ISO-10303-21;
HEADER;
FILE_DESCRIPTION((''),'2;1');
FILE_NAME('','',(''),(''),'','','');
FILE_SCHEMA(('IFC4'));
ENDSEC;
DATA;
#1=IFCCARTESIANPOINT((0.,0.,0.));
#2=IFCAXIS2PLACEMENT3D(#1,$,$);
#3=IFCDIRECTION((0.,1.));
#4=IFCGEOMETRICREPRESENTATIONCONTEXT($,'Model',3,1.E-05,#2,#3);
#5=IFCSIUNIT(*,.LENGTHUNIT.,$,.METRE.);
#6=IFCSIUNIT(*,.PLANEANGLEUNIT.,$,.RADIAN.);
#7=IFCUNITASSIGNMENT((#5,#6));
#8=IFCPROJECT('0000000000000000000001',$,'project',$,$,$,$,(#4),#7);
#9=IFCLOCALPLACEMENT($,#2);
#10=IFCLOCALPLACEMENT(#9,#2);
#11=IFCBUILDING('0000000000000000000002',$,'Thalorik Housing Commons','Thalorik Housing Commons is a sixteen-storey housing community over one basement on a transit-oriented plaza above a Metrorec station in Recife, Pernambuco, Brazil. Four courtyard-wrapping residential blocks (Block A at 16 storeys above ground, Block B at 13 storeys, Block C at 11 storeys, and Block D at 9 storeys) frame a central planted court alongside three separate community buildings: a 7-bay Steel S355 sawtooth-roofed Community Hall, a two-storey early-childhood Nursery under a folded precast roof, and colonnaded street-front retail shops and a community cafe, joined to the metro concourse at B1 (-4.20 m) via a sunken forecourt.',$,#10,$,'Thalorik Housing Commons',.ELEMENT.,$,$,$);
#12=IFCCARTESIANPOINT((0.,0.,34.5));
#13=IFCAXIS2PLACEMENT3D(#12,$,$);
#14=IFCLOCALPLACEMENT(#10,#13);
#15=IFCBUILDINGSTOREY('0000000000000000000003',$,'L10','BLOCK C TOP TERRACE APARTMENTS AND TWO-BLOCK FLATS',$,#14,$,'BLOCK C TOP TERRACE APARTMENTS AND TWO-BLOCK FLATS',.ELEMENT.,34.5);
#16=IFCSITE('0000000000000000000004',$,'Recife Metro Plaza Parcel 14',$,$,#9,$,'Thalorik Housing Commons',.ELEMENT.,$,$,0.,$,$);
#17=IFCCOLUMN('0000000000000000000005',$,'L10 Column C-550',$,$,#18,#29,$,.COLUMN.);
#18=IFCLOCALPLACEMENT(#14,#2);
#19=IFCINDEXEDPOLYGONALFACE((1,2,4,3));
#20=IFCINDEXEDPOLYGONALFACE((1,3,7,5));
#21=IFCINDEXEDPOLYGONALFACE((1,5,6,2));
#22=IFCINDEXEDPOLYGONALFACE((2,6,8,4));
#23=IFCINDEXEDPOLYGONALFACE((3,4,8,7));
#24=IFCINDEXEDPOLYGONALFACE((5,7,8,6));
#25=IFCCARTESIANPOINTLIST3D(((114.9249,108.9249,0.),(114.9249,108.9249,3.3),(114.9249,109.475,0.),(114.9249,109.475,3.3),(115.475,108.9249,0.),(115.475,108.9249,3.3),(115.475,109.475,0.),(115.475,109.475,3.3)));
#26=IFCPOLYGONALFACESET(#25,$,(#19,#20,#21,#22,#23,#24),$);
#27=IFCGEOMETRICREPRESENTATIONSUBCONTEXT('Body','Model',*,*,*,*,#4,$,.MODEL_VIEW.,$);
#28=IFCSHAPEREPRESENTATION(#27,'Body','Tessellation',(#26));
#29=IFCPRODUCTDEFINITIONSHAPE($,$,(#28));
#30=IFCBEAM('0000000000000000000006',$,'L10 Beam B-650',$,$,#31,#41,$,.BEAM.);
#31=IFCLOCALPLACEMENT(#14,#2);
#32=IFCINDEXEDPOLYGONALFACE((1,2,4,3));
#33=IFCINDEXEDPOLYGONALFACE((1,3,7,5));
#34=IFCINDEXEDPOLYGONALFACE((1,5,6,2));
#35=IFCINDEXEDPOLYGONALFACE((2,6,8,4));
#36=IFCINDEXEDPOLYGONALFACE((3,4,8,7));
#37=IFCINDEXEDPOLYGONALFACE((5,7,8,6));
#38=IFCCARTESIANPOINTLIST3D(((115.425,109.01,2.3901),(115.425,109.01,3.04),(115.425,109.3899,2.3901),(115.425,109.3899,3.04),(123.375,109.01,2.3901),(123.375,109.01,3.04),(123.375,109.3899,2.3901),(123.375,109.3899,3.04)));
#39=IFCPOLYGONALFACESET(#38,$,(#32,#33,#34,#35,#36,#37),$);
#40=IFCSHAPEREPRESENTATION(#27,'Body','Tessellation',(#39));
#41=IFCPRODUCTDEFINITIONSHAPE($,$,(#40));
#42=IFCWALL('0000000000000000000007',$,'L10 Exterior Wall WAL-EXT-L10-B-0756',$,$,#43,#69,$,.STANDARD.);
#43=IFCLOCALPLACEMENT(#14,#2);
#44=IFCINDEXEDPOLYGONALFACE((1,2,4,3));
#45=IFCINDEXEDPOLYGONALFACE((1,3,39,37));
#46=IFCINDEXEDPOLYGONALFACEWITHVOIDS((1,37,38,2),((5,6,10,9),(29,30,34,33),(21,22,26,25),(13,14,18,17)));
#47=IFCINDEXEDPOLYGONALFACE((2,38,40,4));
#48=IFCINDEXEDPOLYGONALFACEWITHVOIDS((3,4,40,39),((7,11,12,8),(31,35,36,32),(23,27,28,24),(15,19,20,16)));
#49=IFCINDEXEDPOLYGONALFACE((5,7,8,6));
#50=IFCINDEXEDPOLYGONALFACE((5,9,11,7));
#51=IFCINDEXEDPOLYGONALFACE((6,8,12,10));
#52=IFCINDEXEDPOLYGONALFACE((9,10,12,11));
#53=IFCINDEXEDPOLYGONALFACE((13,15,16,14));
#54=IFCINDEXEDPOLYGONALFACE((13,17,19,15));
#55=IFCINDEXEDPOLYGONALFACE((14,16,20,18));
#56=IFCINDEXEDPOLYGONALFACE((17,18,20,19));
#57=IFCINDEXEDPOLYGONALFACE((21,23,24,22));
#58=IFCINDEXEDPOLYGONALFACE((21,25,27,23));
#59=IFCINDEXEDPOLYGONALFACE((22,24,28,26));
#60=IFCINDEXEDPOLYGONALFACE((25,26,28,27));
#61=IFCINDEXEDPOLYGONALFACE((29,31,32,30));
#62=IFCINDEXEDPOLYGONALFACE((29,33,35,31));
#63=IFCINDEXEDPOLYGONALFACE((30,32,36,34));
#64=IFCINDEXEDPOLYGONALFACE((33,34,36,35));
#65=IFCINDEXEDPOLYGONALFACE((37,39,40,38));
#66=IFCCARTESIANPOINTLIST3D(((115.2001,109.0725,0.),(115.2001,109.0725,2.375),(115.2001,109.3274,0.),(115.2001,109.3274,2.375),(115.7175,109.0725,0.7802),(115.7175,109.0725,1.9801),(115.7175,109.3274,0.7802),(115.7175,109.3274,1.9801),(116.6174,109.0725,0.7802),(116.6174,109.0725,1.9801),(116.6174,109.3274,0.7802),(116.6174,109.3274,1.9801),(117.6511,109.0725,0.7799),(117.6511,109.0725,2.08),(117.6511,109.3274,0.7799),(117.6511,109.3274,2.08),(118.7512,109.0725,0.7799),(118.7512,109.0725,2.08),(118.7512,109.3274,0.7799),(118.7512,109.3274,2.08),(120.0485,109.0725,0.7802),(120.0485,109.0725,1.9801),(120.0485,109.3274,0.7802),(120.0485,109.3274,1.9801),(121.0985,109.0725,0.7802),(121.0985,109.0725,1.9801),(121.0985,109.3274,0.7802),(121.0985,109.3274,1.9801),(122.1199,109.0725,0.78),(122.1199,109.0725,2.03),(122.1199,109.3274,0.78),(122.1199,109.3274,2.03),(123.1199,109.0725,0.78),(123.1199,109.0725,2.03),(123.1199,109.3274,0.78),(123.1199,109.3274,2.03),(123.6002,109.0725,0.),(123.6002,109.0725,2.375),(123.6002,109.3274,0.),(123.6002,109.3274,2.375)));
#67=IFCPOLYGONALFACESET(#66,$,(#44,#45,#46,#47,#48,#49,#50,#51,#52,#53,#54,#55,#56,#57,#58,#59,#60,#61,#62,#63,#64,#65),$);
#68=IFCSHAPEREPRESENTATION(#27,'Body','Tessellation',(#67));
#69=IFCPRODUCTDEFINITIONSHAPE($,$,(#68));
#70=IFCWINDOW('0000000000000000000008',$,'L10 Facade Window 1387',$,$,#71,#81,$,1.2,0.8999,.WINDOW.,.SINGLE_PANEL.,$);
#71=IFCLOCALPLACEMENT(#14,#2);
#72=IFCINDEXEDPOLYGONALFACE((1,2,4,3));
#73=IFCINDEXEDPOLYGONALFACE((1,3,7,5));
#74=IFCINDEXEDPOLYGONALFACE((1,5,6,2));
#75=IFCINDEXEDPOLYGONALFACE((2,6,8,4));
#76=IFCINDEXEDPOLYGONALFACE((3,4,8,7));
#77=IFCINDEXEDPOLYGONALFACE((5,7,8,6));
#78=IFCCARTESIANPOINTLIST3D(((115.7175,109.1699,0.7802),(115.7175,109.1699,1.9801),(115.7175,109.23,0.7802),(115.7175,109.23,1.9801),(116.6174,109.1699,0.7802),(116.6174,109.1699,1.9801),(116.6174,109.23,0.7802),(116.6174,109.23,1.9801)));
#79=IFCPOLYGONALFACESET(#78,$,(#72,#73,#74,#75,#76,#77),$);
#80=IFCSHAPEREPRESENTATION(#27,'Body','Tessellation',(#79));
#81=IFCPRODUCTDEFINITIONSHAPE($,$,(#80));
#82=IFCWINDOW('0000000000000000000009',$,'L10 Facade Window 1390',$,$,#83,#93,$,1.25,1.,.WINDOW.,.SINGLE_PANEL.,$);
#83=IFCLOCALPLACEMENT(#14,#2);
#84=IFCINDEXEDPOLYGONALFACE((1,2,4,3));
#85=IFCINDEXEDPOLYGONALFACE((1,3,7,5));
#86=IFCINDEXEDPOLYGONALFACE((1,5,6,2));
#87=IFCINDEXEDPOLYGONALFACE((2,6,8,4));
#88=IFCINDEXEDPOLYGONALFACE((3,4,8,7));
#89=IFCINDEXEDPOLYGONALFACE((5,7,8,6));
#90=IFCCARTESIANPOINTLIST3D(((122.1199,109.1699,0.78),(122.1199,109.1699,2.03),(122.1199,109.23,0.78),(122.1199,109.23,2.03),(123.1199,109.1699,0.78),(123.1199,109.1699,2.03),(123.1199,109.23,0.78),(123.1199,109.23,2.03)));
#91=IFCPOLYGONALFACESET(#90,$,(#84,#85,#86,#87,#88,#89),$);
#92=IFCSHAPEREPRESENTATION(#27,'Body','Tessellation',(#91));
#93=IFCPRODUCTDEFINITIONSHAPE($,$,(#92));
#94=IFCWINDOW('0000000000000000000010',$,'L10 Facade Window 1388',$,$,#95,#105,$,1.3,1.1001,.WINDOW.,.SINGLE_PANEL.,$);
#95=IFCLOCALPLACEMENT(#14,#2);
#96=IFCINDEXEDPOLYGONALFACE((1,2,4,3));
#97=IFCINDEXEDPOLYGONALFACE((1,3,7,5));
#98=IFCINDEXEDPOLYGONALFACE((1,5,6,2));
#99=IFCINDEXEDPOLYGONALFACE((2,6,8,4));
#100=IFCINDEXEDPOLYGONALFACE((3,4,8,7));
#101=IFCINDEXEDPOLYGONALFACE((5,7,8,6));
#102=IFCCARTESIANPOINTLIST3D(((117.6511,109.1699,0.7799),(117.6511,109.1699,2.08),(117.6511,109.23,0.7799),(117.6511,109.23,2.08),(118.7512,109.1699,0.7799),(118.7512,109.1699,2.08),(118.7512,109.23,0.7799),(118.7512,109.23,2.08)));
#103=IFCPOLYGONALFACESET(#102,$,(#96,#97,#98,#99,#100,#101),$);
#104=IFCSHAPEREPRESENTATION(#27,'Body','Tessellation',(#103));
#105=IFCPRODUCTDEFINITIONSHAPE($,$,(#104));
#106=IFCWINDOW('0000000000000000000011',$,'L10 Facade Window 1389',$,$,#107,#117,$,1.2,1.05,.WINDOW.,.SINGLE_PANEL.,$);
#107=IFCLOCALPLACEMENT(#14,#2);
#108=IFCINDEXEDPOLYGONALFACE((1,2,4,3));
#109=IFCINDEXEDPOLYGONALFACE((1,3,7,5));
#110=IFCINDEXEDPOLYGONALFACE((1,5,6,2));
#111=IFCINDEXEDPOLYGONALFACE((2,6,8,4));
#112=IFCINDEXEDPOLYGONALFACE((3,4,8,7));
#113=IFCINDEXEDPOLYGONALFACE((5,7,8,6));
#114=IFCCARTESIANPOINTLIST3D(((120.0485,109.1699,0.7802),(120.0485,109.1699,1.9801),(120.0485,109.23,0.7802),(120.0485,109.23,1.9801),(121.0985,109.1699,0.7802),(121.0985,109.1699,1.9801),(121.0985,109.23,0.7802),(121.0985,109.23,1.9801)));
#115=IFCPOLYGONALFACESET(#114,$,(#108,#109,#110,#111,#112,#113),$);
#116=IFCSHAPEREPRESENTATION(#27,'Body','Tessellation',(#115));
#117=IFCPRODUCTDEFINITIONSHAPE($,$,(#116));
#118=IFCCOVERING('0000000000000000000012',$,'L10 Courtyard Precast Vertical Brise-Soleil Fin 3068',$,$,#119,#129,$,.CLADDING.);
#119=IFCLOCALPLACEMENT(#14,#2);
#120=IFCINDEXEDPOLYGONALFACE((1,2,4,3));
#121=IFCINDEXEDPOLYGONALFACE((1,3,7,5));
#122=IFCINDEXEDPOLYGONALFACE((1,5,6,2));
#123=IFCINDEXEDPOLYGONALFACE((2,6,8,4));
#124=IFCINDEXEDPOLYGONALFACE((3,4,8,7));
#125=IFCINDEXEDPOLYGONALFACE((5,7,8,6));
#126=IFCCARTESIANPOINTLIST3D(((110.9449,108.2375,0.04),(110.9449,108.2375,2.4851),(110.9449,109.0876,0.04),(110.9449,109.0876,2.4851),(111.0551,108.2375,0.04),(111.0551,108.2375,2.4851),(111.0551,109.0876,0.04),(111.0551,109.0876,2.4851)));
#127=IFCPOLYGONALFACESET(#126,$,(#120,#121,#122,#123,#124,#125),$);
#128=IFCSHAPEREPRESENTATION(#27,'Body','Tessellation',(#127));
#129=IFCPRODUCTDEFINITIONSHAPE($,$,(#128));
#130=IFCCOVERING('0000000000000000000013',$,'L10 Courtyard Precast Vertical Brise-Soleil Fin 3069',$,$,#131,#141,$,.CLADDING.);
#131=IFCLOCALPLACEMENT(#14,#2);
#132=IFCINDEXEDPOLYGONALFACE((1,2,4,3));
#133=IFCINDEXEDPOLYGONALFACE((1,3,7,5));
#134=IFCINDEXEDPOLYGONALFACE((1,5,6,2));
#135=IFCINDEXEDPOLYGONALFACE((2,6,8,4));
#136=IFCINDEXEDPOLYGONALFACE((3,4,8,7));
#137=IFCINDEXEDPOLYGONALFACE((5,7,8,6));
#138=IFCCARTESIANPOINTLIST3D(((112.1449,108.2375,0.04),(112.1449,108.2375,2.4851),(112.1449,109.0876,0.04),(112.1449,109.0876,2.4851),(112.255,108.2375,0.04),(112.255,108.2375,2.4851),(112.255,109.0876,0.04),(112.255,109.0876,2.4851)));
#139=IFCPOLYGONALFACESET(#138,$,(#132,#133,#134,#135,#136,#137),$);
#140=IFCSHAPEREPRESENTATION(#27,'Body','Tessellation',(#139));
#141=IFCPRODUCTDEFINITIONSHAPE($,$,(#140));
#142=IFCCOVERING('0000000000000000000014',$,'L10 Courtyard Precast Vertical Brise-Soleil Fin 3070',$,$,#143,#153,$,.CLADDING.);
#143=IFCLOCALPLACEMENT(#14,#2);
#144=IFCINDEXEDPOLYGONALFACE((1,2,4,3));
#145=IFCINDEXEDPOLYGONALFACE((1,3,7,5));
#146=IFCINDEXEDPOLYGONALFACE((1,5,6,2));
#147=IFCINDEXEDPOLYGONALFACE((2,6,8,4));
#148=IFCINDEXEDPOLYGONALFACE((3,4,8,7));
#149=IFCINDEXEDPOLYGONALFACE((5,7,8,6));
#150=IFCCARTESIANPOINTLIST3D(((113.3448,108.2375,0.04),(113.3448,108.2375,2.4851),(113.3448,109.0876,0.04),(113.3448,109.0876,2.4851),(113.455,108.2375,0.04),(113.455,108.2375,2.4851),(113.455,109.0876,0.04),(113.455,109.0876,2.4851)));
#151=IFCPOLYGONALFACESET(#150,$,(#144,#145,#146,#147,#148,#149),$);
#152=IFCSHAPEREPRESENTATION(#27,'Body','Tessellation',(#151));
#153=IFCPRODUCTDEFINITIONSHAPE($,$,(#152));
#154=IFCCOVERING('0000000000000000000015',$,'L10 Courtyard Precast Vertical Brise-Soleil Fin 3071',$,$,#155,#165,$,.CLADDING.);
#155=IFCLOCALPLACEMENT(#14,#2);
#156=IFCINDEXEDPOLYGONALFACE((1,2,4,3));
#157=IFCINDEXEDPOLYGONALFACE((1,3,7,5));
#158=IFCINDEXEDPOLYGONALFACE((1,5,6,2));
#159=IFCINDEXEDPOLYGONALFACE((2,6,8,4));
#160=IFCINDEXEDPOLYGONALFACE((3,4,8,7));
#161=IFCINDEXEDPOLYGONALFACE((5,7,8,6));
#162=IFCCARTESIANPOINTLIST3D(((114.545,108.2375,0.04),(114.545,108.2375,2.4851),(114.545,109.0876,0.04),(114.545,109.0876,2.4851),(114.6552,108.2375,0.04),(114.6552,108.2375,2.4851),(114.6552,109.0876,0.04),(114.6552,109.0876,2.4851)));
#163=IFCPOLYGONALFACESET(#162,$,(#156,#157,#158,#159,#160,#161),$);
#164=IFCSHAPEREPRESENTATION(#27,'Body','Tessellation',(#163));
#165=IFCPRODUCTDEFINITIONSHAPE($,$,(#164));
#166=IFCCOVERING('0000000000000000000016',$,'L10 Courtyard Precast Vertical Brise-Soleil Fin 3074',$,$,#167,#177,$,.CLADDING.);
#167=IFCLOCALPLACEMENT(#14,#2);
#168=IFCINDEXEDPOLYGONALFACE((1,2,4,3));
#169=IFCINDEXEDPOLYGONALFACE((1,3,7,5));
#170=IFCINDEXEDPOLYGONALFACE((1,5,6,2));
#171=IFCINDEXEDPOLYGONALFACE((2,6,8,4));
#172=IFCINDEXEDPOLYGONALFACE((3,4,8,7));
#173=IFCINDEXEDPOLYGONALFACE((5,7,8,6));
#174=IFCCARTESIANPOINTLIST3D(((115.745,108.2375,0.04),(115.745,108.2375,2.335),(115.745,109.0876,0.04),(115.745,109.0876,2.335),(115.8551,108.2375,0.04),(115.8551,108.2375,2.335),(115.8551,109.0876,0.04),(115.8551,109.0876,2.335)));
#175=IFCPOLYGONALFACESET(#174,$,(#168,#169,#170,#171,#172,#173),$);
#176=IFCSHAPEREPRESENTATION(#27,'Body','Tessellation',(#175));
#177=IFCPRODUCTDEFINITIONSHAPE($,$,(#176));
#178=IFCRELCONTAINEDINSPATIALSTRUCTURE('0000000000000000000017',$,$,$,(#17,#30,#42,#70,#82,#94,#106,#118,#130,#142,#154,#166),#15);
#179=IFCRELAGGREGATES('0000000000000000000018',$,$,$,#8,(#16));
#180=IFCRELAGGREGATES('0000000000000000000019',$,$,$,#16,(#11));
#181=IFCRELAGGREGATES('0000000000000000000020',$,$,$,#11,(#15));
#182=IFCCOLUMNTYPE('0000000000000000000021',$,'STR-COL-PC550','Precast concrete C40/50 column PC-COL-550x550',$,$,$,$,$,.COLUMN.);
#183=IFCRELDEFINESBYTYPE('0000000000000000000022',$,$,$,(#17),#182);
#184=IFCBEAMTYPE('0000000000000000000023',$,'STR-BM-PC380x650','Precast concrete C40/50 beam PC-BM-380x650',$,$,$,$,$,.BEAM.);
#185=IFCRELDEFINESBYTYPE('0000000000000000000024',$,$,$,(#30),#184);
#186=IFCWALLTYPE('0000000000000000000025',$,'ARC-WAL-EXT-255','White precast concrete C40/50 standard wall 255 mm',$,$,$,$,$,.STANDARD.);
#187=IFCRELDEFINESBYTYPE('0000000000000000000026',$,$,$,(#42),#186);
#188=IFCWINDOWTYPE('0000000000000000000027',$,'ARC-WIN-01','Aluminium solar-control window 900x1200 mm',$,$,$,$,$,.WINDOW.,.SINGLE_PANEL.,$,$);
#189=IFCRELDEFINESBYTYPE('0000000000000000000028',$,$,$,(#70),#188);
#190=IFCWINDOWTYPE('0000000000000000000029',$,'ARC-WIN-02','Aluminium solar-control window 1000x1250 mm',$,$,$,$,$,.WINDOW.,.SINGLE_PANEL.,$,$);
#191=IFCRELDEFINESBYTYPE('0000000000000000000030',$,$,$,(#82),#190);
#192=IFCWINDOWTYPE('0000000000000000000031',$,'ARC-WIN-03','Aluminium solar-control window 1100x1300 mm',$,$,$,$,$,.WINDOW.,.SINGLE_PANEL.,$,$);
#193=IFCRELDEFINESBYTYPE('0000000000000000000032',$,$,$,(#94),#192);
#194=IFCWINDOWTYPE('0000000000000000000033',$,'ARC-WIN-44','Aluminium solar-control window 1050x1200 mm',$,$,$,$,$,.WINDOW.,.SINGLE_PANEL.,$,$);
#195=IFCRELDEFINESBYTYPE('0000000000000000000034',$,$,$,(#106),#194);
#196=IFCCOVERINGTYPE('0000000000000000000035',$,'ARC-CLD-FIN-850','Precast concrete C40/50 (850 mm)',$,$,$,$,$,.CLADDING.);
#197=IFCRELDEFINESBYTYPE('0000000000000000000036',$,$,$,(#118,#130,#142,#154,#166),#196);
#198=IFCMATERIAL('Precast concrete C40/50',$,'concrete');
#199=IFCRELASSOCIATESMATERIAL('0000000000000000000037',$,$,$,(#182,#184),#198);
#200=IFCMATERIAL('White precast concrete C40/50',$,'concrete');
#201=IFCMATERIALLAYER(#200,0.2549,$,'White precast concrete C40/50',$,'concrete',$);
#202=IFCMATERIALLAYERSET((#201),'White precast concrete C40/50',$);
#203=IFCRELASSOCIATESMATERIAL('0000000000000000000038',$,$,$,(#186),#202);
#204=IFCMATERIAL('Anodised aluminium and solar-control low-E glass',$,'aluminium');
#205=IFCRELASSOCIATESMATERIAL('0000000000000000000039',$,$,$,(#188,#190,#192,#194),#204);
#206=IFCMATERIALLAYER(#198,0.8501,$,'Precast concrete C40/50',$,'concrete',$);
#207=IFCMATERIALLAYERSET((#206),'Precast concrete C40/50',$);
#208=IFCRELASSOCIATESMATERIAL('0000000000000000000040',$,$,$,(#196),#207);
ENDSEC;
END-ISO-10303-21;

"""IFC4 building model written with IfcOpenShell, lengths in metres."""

from ifc_helpers import new_model, si_unit, direction, frame, frame_2d, origin, origin_2d, place, context, subcontext, project, spatial, rectangle, extrude, material, layer, layer_set, material_profile, profile_set, type_object, element, fill, save


model = new_model("IFC4")

# Units and contexts
model_context = context("Model", 3, precision=1e-05, world=origin(), true_north=direction((0.0, 1.0)))
body_context = subcontext(model_context, "Body", "Model", "MODEL_VIEW")
ifc_project = project(units=[si_unit("LENGTHUNIT", "METRE"), si_unit("PLANEANGLEUNIT", "RADIAN")], contexts=[model_context])

# Site, building, storey
site_placement = place(None, origin())
site = spatial("IfcSite", under=ifc_project, at=site_placement, Name="Recife Metro Plaza Parcel 14", LongName="Thalorik Housing Commons", CompositionType="ELEMENT", RefElevation=0.0)
building_placement = place(site_placement, origin())
building = spatial("IfcBuilding", under=site, at=building_placement, Name="Thalorik Housing Commons", Description="Thalorik Housing Commons is a sixteen-storey housing community over one basement on a transit-oriented plaza above a Metrorec station in Recife, Pernambuco, Brazil. Four courtyard-wrapping residential blocks (Block A at 16 storeys above ground, Block B at 13 storeys, Block C at 11 storeys, and Block D at 9 storeys) frame a central planted court alongside three separate community buildings: a 7-bay Steel S355 sawtooth-roofed Community Hall, a two-storey early-childhood Nursery under a folded precast roof, and colonnaded street-front retail shops and a community cafe, joined to the metro concourse at B1 (-4.20 m) via a sunken forecourt.", LongName="Thalorik Housing Commons", CompositionType="ELEMENT")
storey_placement = place(building_placement, frame((0.0, 0.0, 34.5)))
storey = spatial("IfcBuildingStorey", under=building, at=storey_placement, Name="L10", Description="BLOCK C TOP TERRACE APARTMENTS AND TWO-BLOCK FLATS", LongName="BLOCK C TOP TERRACE APARTMENTS AND TWO-BLOCK FLATS", CompositionType="ELEMENT", Elevation=34.5)

# Column
ifc_material_1 = material(Name="Precast concrete C40/50", Category="concrete")
ifc_material_profile_1 = material_profile(ifc_material_1, rectangle(XDim=0.55, YDim=0.55, at=origin_2d()), Name="PC 550x550", Category="concrete")
ifc_profile_set_1 = profile_set([ifc_material_profile_1], Name="Precast concrete C40/50")
column_type = type_object("IfcColumnType", Name="STR-COL-PC550", Description="Precast concrete C40/50 column PC-COL-550x550", PredefinedType="COLUMN", material=ifc_profile_set_1)
column_placement = place(storey_placement, frame((115.2, 109.2, 0.0), z_axis=(0.0, 0.0, 1.0), x_axis=(1.0, 0.0, 0.0)))
element("IfcColumn", 1, at=column_placement, inside=storey, type_object=column_type, Name="L10 Column C-550", PredefinedType="COLUMN", context=body_context, shape_type="SweptSolid", body=[
    extrude(rectangle(XDim=0.55, YDim=0.55, at=origin_2d()), origin(), (0.0, 0.0, 1.0), 3.3),
])

# Beam
ifc_material_profile_2 = material_profile(ifc_material_1, rectangle(XDim=0.3799, YDim=0.6499, at=origin_2d()), Name="PC 380x650", Category="concrete")
ifc_profile_set_2 = profile_set([ifc_material_profile_2], Name="Precast concrete C40/50")
beam_type = type_object("IfcBeamType", Name="STR-BM-PC380x650", Description="Precast concrete C40/50 beam PC-BM-380x650", PredefinedType="BEAM", material=ifc_profile_set_2)
beam_placement = place(storey_placement, frame((115.425, 109.2, 2.7151), z_axis=(1.0, 0.0, 0.0), x_axis=(0.0, 1.0, 0.0)))
element("IfcBeam", 2, at=beam_placement, inside=storey, type_object=beam_type, Name="L10 Beam B-650", PredefinedType="BEAM", context=body_context, shape_type="SweptSolid", body=[
    extrude(rectangle(XDim=0.3799, YDim=0.6499, at=origin_2d()), origin(), (0.0, 0.0, 1.0), 7.95),
])

# Wall, openings, windows
ifc_material_2 = material(Name="White precast concrete C40/50", Category="concrete")
ifc_layer_1 = layer(ifc_material_2, 0.2549, Name="White precast concrete C40/50", Category="concrete")
ifc_layer_set_1 = layer_set([ifc_layer_1], Name="White precast concrete C40/50")
wall_type = type_object("IfcWallType", Name="ARC-WAL-EXT-255", Description="White precast concrete C40/50 standard wall 255 mm", PredefinedType="STANDARD", material=ifc_layer_set_1)
wall_placement = place(storey_placement, frame((115.2, 109.2, 0.0), z_axis=(0.0, 0.0, 1.0), x_axis=(1.0, 0.0, 0.0)))
wall = element("IfcWall", 3, at=wall_placement, inside=storey, type_object=wall_type, Name="L10 Exterior Wall WAL-EXT-L10-B-0756", PredefinedType="STANDARD", context=body_context, shape_type="SweptSolid", body=[
    extrude(rectangle(XDim=8.4001, YDim=0.2549, at=frame_2d((4.2002, 0.0))), origin(), (0.0, 0.0, 1.0), 2.375),
])
opening_1_placement = place(wall_placement, frame((0.5176, 0.0, 0.78)))
opening_1 = element("IfcOpeningElement", 4, at=opening_1_placement, cuts=wall, PredefinedType="OPENING", context=body_context, shape_type="SweptSolid", body=[
    extrude(rectangle(XDim=0.8999, YDim=1.2, at=frame_2d((0.45, 0.6001))), frame((0.0, 0.1375, 0.0), z_axis=(0.0, -1.0, 0.0), x_axis=(1.0, 0.0, 0.0)), (0.0, 0.0, 1.0), 0.2749),
])
opening_2_placement = place(wall_placement, frame((2.4512, 0.0, 0.78)))
opening_2 = element("IfcOpeningElement", 5, at=opening_2_placement, cuts=wall, PredefinedType="OPENING", context=body_context, shape_type="SweptSolid", body=[
    extrude(rectangle(XDim=1.1001, YDim=1.3, at=frame_2d((0.55, 0.6499))), frame((0.0, 0.1375, 0.0), z_axis=(0.0, -1.0, 0.0), x_axis=(1.0, 0.0, 0.0)), (0.0, 0.0, 1.0), 0.2749),
])
opening_3_placement = place(wall_placement, frame((4.8486, 0.0, 0.78)))
opening_3 = element("IfcOpeningElement", 6, at=opening_3_placement, cuts=wall, PredefinedType="OPENING", context=body_context, shape_type="SweptSolid", body=[
    extrude(rectangle(XDim=1.05, YDim=1.2, at=frame_2d((0.5249, 0.6001))), frame((0.0, 0.1375, 0.0), z_axis=(0.0, -1.0, 0.0), x_axis=(1.0, 0.0, 0.0)), (0.0, 0.0, 1.0), 0.2749),
])
opening_4_placement = place(wall_placement, frame((6.9199, 0.0, 0.78)))
opening_4 = element("IfcOpeningElement", 7, at=opening_4_placement, cuts=wall, PredefinedType="OPENING", context=body_context, shape_type="SweptSolid", body=[
    extrude(rectangle(XDim=1.0, YDim=1.25, at=frame_2d((0.5, 0.625))), frame((0.0, 0.1375, 0.0), z_axis=(0.0, -1.0, 0.0), x_axis=(1.0, 0.0, 0.0)), (0.0, 0.0, 1.0), 0.2749),
])
ifc_material_3 = material(Name="Anodised aluminium and solar-control low-E glass", Category="aluminium")
window_type_1 = type_object("IfcWindowType", Name="ARC-WIN-01", Description="Aluminium solar-control window 900x1200 mm", PartitioningType="SINGLE_PANEL", PredefinedType="WINDOW", material=ifc_material_3)
window_1_placement = place(opening_1_placement, origin())
window_1 = element("IfcWindow", 8, at=window_1_placement, inside=storey, type_object=window_type_1, Name="L10 Facade Window 1387", OverallHeight=1.2, OverallWidth=0.8999, PartitioningType="SINGLE_PANEL", PredefinedType="WINDOW", context=body_context, shape_type="SweptSolid", body=[
    extrude(rectangle(XDim=0.8999, YDim=1.2, at=frame_2d((0.45, 0.6001))), frame((0.0, 0.03, 0.0), z_axis=(0.0, -1.0, 0.0), x_axis=(1.0, 0.0, 0.0)), (0.0, 0.0, 1.0), 0.0601),
])
fill(opening_1, window_1)
window_type_2 = type_object("IfcWindowType", Name="ARC-WIN-02", Description="Aluminium solar-control window 1000x1250 mm", PartitioningType="SINGLE_PANEL", PredefinedType="WINDOW", material=ifc_material_3)
window_2_placement = place(opening_4_placement, origin())
window_2 = element("IfcWindow", 9, at=window_2_placement, inside=storey, type_object=window_type_2, Name="L10 Facade Window 1390", OverallHeight=1.25, OverallWidth=1.0, PartitioningType="SINGLE_PANEL", PredefinedType="WINDOW", context=body_context, shape_type="SweptSolid", body=[
    extrude(rectangle(XDim=1.0, YDim=1.25, at=frame_2d((0.5, 0.625))), frame((0.0, 0.03, 0.0), z_axis=(0.0, -1.0, 0.0), x_axis=(1.0, 0.0, 0.0)), (0.0, 0.0, 1.0), 0.0601),
])
fill(opening_4, window_2)
window_type_3 = type_object("IfcWindowType", Name="ARC-WIN-03", Description="Aluminium solar-control window 1100x1300 mm", PartitioningType="SINGLE_PANEL", PredefinedType="WINDOW", material=ifc_material_3)
window_3_placement = place(opening_2_placement, origin())
window_3 = element("IfcWindow", 10, at=window_3_placement, inside=storey, type_object=window_type_3, Name="L10 Facade Window 1388", OverallHeight=1.3, OverallWidth=1.1001, PartitioningType="SINGLE_PANEL", PredefinedType="WINDOW", context=body_context, shape_type="SweptSolid", body=[
    extrude(rectangle(XDim=1.1001, YDim=1.3, at=frame_2d((0.55, 0.6499))), frame((0.0, 0.03, 0.0), z_axis=(0.0, -1.0, 0.0), x_axis=(1.0, 0.0, 0.0)), (0.0, 0.0, 1.0), 0.0601),
])
fill(opening_2, window_3)
window_type_4 = type_object("IfcWindowType", Name="ARC-WIN-44", Description="Aluminium solar-control window 1050x1200 mm", PartitioningType="SINGLE_PANEL", PredefinedType="WINDOW", material=ifc_material_3)
window_4_placement = place(opening_3_placement, origin())
window_4 = element("IfcWindow", 11, at=window_4_placement, inside=storey, type_object=window_type_4, Name="L10 Facade Window 1389", OverallHeight=1.2, OverallWidth=1.05, PartitioningType="SINGLE_PANEL", PredefinedType="WINDOW", context=body_context, shape_type="SweptSolid", body=[
    extrude(rectangle(XDim=1.05, YDim=1.2, at=frame_2d((0.5249, 0.6001))), frame((0.0, 0.03, 0.0), z_axis=(0.0, -1.0, 0.0), x_axis=(1.0, 0.0, 0.0)), (0.0, 0.0, 1.0), 0.0601),
])
fill(opening_3, window_4)

# Coverings
ifc_layer_2 = layer(ifc_material_1, 0.8501, Name="Precast concrete C40/50", Category="concrete")
ifc_layer_set_2 = layer_set([ifc_layer_2], Name="Precast concrete C40/50")
covering_type_1 = type_object("IfcCoveringType", Name="ARC-CLD-FIN-850", Description="Precast concrete C40/50 (850 mm)", PredefinedType="CLADDING", material=ifc_layer_set_2)
for number, where, z_axis, x_axis, name in (
    (12, (111.0, 108.6626, 0.04), (0.0, 0.0, 1.0), (1.0, 0.0, 0.0), "L10 Courtyard Precast Vertical Brise-Soleil Fin 3068"),
    (13, (112.2, 108.6626, 0.04), (0.0, 0.0, 1.0), (1.0, 0.0, 0.0), "L10 Courtyard Precast Vertical Brise-Soleil Fin 3069"),
    (14, (113.3999, 108.6626, 0.04), (0.0, 0.0, 1.0), (1.0, 0.0, 0.0), "L10 Courtyard Precast Vertical Brise-Soleil Fin 3070"),
    (15, (114.6001, 108.6626, 0.04), (0.0, 0.0, 1.0), (1.0, 0.0, 0.0), "L10 Courtyard Precast Vertical Brise-Soleil Fin 3071"),
):
    element("IfcCovering", number, at=place(storey_placement, frame(where, z_axis=z_axis, x_axis=x_axis)), inside=storey, type_object=covering_type_1, Name=name, PredefinedType="CLADDING", context=body_context, shape_type="SweptSolid", body=[
        extrude(rectangle(XDim=0.1101, YDim=0.8501, at=origin_2d()), origin(), (0.0, 0.0, 1.0), 2.4451),
    ])
for number, where, z_axis, x_axis, name in (
    (16, (115.8, 108.6626, 0.04), (0.0, 0.0, 1.0), (1.0, 0.0, 0.0), "L10 Courtyard Precast Vertical Brise-Soleil Fin 3074"),
):
    element("IfcCovering", number, at=place(storey_placement, frame(where, z_axis=z_axis, x_axis=x_axis)), inside=storey, type_object=covering_type_1, Name=name, PredefinedType="CLADDING", context=body_context, shape_type="SweptSolid", body=[
        extrude(rectangle(XDim=0.1101, YDim=0.8501, at=origin_2d()), origin(), (0.0, 0.0, 1.0), 2.2949),
    ])

save(model, "model.ifc")
